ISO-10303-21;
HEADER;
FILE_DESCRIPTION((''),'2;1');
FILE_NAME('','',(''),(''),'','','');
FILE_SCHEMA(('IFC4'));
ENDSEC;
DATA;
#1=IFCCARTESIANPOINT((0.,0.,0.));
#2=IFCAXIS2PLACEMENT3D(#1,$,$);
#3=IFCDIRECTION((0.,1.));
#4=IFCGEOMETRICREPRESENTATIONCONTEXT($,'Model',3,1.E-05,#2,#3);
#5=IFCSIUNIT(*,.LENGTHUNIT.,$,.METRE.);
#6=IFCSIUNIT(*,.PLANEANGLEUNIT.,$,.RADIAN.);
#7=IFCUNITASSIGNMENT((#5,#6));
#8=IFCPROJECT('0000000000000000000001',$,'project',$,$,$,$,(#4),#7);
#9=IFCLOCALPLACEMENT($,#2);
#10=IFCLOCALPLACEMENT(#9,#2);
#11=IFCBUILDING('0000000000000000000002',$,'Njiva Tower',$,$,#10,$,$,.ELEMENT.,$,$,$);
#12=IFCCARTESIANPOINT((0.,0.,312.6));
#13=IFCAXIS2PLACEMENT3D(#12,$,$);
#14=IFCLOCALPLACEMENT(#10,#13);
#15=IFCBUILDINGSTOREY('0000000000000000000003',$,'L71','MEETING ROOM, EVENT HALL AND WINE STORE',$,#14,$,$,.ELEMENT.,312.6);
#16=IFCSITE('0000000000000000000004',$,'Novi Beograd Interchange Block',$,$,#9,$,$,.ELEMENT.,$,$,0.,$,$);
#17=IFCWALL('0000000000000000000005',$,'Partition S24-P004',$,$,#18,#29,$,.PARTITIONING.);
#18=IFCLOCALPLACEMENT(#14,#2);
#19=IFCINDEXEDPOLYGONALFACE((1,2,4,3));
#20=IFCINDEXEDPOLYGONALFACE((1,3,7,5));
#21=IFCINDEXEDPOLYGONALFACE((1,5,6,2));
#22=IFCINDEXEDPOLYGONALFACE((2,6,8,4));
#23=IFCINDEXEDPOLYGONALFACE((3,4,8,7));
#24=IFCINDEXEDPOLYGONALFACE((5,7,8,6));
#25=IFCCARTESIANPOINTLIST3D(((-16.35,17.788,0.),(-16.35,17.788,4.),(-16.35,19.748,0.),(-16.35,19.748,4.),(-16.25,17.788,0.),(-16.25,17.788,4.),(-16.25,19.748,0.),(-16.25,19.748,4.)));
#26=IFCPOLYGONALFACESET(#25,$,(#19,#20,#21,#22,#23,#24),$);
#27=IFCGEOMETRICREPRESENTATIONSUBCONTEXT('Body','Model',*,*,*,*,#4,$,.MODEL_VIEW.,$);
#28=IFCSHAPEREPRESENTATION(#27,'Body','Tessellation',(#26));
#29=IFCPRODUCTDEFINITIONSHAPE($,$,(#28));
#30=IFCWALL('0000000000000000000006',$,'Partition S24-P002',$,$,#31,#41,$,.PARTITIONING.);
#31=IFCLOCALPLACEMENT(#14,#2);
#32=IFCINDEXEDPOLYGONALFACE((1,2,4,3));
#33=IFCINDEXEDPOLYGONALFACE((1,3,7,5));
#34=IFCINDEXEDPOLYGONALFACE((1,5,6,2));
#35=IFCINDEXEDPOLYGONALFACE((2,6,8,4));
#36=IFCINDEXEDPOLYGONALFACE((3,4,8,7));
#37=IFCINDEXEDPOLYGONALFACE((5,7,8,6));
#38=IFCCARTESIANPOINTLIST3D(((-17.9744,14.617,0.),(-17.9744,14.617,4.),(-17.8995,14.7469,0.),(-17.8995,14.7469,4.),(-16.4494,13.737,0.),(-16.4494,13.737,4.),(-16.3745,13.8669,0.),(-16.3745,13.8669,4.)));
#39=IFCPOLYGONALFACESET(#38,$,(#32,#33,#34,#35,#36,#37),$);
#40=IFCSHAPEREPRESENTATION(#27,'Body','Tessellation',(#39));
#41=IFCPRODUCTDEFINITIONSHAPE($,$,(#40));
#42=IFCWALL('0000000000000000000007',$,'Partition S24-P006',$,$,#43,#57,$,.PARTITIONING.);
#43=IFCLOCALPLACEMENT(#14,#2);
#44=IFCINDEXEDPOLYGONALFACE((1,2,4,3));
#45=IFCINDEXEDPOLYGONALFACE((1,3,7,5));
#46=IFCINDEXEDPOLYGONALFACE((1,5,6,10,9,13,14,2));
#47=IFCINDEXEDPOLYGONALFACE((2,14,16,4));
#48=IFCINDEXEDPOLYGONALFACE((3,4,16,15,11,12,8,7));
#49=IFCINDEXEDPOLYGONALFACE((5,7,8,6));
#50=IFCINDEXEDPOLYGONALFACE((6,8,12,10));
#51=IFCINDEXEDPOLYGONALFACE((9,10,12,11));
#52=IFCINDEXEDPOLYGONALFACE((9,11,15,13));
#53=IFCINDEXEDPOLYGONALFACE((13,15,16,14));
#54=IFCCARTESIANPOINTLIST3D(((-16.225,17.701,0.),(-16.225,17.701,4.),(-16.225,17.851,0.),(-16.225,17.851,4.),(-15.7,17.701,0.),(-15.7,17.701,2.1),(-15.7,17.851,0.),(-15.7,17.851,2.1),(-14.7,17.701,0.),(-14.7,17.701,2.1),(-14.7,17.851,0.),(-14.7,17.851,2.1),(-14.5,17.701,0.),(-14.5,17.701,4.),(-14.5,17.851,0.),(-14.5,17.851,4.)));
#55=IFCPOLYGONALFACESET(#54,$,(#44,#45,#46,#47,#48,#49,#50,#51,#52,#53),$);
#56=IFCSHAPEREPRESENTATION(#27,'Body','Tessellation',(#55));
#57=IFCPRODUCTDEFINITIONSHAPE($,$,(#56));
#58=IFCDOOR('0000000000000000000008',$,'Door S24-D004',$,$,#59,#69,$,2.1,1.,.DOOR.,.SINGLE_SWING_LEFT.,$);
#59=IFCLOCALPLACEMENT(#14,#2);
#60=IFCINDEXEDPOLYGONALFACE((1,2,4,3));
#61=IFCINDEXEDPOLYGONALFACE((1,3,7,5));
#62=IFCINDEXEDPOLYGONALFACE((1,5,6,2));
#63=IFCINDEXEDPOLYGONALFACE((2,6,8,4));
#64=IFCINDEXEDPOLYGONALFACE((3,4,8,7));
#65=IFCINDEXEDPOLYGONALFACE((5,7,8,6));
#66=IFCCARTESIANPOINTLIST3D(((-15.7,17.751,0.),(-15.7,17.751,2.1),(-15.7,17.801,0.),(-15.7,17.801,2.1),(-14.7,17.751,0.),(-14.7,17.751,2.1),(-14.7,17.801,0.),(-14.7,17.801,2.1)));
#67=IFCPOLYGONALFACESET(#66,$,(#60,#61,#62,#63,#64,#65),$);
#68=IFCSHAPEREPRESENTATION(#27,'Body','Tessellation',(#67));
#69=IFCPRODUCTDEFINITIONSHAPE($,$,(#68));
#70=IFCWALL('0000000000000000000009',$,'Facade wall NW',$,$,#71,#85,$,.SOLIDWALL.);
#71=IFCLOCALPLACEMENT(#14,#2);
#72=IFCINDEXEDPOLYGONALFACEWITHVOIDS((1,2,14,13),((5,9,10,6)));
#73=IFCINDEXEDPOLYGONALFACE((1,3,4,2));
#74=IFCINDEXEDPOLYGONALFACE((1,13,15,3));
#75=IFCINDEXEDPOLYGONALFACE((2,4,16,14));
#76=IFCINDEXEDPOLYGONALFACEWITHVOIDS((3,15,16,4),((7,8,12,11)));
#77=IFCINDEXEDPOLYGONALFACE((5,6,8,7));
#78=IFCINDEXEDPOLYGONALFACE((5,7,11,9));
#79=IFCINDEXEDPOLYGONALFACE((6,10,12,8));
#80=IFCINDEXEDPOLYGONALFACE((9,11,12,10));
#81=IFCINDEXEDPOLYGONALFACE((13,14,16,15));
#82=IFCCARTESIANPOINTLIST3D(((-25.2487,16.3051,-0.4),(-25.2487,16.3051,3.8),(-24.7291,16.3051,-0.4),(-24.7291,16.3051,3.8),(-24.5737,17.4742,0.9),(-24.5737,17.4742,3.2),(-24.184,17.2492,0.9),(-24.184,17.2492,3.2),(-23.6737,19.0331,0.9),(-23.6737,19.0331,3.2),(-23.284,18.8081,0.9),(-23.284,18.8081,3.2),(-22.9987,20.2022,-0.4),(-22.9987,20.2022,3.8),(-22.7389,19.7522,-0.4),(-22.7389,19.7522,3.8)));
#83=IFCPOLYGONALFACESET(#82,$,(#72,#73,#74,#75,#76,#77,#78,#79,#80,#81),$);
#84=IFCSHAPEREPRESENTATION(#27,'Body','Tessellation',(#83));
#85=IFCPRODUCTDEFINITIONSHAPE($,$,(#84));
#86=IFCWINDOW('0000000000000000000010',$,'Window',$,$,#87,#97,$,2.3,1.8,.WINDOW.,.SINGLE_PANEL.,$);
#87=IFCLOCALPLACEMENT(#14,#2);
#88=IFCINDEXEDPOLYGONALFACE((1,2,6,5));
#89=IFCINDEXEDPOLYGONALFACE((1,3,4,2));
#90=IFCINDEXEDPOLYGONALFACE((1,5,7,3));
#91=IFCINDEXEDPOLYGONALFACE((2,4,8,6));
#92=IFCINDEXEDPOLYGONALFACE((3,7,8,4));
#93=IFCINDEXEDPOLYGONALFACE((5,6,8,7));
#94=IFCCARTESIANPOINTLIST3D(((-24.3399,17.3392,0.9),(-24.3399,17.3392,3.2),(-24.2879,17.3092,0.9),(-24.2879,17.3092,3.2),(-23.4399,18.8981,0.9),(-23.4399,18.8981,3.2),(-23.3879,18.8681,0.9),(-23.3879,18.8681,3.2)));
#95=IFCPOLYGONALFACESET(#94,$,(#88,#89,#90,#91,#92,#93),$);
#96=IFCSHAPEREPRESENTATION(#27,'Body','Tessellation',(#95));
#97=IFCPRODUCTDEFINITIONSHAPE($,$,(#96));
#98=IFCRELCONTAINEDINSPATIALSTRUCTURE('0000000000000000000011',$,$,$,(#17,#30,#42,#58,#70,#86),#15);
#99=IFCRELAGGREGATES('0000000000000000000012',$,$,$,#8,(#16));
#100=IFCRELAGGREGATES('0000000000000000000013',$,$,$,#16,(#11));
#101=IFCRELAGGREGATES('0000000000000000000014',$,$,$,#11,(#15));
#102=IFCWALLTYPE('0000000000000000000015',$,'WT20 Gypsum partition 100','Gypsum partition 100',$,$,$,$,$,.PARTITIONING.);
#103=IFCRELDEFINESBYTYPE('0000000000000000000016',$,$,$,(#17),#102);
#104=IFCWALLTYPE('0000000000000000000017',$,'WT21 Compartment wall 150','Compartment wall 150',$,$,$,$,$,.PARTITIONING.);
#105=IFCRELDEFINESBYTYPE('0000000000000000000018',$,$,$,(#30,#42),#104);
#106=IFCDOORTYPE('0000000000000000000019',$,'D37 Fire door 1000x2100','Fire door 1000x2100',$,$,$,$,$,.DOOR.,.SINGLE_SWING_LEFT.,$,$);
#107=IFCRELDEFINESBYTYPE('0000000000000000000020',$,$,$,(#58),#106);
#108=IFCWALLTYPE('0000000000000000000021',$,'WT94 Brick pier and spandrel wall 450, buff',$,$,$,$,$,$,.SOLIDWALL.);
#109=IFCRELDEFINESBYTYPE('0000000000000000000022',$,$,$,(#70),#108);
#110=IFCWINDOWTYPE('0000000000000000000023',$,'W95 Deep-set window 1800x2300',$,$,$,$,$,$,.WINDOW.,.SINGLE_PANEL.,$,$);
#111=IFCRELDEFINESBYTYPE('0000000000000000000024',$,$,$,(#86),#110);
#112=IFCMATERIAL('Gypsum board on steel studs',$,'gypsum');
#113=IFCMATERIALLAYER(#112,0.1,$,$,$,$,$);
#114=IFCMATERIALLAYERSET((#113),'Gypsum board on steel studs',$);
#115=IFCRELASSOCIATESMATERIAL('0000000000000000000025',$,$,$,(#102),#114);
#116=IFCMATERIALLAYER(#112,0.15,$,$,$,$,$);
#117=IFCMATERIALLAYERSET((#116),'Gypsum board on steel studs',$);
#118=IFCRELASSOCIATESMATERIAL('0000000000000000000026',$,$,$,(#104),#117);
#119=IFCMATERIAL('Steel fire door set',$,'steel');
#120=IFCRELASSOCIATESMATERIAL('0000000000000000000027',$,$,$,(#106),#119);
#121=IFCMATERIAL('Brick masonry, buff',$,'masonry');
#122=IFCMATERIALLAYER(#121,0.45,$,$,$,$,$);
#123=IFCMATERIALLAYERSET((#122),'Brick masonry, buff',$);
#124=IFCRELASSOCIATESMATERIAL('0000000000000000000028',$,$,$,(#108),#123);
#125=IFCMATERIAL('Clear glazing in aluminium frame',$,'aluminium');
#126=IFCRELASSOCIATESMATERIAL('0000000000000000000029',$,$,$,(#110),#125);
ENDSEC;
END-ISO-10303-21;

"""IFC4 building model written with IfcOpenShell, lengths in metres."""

from ifc_helpers import new_model, si_unit, direction, frame, frame_2d, origin, place, context, subcontext, project, spatial, polyline, rectangle, outline, extrude, material, layer, layer_set, type_object, element, fill, save


model = new_model("IFC4")

# Units and contexts
model_context = context("Model", 3, precision=1e-05, world=origin(), true_north=direction((0.0, 1.0)))
body_context = subcontext(model_context, "Body", "Model", "MODEL_VIEW")
ifc_project = project(units=[si_unit("LENGTHUNIT", "METRE"), si_unit("PLANEANGLEUNIT", "RADIAN")], contexts=[model_context])

# Site, building, storey
site_placement = place(None, origin())
site = spatial("IfcSite", under=ifc_project, at=site_placement, Name="Novi Beograd Interchange Block", CompositionType="ELEMENT", RefElevation=0.0)
building_placement = place(site_placement, origin())
building = spatial("IfcBuilding", under=site, at=building_placement, Name="Njiva Tower", CompositionType="ELEMENT")
storey_placement = place(building_placement, frame((0.0, 0.0, 312.6)))
storey = spatial("IfcBuildingStorey", under=building, at=storey_placement, Name="L71", Description="MEETING ROOM, EVENT HALL AND WINE STORE", CompositionType="ELEMENT", Elevation=312.6)

# Walls
ifc_material_1 = material(Name="Gypsum board on steel studs", Category="gypsum")
ifc_layer_1 = layer(ifc_material_1, 0.1)
ifc_layer_set_1 = layer_set([ifc_layer_1], Name="Gypsum board on steel studs")
wall_type_1 = type_object("IfcWallType", Name="WT20 Gypsum partition 100", Description="Gypsum partition 100", PredefinedType="PARTITIONING", material=ifc_layer_set_1)
wall_1_placement = place(storey_placement, frame((-16.3, 17.788, 0.0), z_axis=(0.0, 0.0, 1.0), x_axis=(0.0, 1.0, 0.0)))
element("IfcWall", 1, at=wall_1_placement, inside=storey, type_object=wall_type_1, Name="Partition S24-P004", PredefinedType="PARTITIONING", context=body_context, shape_type="SweptSolid", body=[
    extrude(rectangle(XDim=1.96, YDim=0.1, at=frame_2d((0.98, 0.0))), origin(), (0.0, 0.0, 1.0), 4.0),
])
ifc_layer_2 = layer(ifc_material_1, 0.15)
ifc_layer_set_2 = layer_set([ifc_layer_2], Name="Gypsum board on steel studs")
wall_type_2 = type_object("IfcWallType", Name="WT21 Compartment wall 150", Description="Compartment wall 150", PredefinedType="PARTITIONING", material=ifc_layer_set_2)
wall_2_placement = place(storey_placement, frame((-17.937, 14.682, 0.0), z_axis=(0.0, 0.0, 1.0), x_axis=(0.866138, -0.499804, 0.0)))
element("IfcWall", 2, at=wall_2_placement, inside=storey, type_object=wall_type_2, Name="Partition S24-P002", PredefinedType="PARTITIONING", context=body_context, shape_type="SweptSolid", body=[
    extrude(rectangle(XDim=1.7607, YDim=0.15, at=frame_2d((0.8804, 0.0))), origin(), (0.0, 0.0, 1.0), 4.0),
])

# Wall, opening, door
wall_3_placement = place(storey_placement, frame((-16.225, 17.776, 0.0), z_axis=(0.0, 0.0, 1.0), x_axis=(1.0, 0.0, 0.0)))
wall_3 = element("IfcWall", 3, at=wall_3_placement, inside=storey, type_object=wall_type_2, Name="Partition S24-P006", PredefinedType="PARTITIONING", context=body_context, shape_type="SweptSolid", body=[
    extrude(rectangle(XDim=1.725, YDim=0.15, at=frame_2d((0.8625, 0.0))), origin(), (0.0, 0.0, 1.0), 4.0),
])
opening_1_placement = place(wall_3_placement, frame((0.525, 0.0, 0.0)))
opening_1 = element("IfcOpeningElement", 4, at=opening_1_placement, cuts=wall_3, PredefinedType="OPENING", context=body_context, shape_type="SweptSolid", body=[
    extrude(rectangle(XDim=1.0, YDim=2.1, at=frame_2d((0.5, 1.05))), frame((0.0, 0.085, 0.0), z_axis=(0.0, -1.0, 0.0), x_axis=(1.0, 0.0, 0.0)), (0.0, 0.0, 1.0), 0.17),
])
ifc_material_2 = material(Name="Steel fire door set", Category="steel")
door_type = type_object("IfcDoorType", Name="D37 Fire door 1000x2100", Description="Fire door 1000x2100", OperationType="SINGLE_SWING_LEFT", PredefinedType="DOOR", material=ifc_material_2)
door_placement = place(opening_1_placement, origin())
door = element("IfcDoor", 5, at=door_placement, inside=storey, type_object=door_type, Name="Door S24-D004", OperationType="SINGLE_SWING_LEFT", OverallHeight=2.1, OverallWidth=1.0, PredefinedType="DOOR", context=body_context, shape_type="SweptSolid", body=[
    extrude(rectangle(XDim=1.0, YDim=2.1, at=frame_2d((0.5, 1.05))), frame((0.0, 0.025, 0.0), z_axis=(0.0, -1.0, 0.0), x_axis=(1.0, 0.0, 0.0)), (0.0, 0.0, 1.0), 0.05),
])
fill(opening_1, door)

# Shared definitions
ifc_material_3 = material(Name="Clear glazing in aluminium frame", Category="aluminium")

# Wall, opening, window
ifc_material_4 = material(Name="Brick masonry, buff", Category="masonry")
ifc_layer_3 = layer(ifc_material_4, 0.45)
ifc_layer_set_3 = layer_set([ifc_layer_3], Name="Brick masonry, buff")
wall_type_3 = type_object("IfcWallType", Name="WT94 Brick pier and spandrel wall 450, buff", PredefinedType="SOLIDWALL", material=ifc_layer_set_3)
wall_4_placement = place(storey_placement, frame((-22.8688, 19.9772, -0.4), z_axis=(0.0, 0.0, 1.0), x_axis=(-0.500002, -0.866024, 0.0)))
wall_4 = element("IfcWall", 6, at=wall_4_placement, inside=storey, type_object=wall_type_3, Name="Facade wall NW", PredefinedType="SOLIDWALL", context=body_context, shape_type="SweptSolid", body=[
    extrude(outline(polyline([(-0.1299, -0.225), (4.3701, -0.225), (4.1103, 0.225), (0.1299, 0.225), (-0.1299, -0.225)])), origin(), (0.0, 0.0, 1.0), 4.2),
])
opening_2_placement = place(wall_4_placement, frame((1.2201, 0.0, 1.3)))
opening_2 = element("IfcOpeningElement", 7, at=opening_2_placement, cuts=wall_4, PredefinedType="OPENING", context=body_context, shape_type="SweptSolid", body=[
    extrude(rectangle(XDim=1.8, YDim=2.3, at=frame_2d((0.9, 1.15))), frame((0.0, 0.235, 0.0), z_axis=(0.0, -1.0, 0.0), x_axis=(1.0, 0.0, 0.0)), (0.0, 0.0, 1.0), 0.47),
])
window_type_1 = type_object("IfcWindowType", Name="W95 Deep-set window 1800x2300", PartitioningType="SINGLE_PANEL", PredefinedType="WINDOW", material=ifc_material_3)
window_1_placement = place(opening_2_placement, origin())
window_1 = element("IfcWindow", 8, at=window_1_placement, inside=storey, type_object=window_type_1, Name="Window", OverallHeight=2.3, OverallWidth=1.8, PartitioningType="SINGLE_PANEL", PredefinedType="WINDOW", context=body_context, shape_type="SweptSolid", body=[
    extrude(rectangle(XDim=1.8, YDim=2.3, at=frame_2d((0.9, 1.15))), frame((0.0, 0.105, 0.0), z_axis=(0.0, -1.0, 0.0), x_axis=(1.0, 0.0, 0.0)), (0.0, 0.0, 1.0), 0.06),
])
fill(opening_2, window_1)

save(model, "model.ifc")
